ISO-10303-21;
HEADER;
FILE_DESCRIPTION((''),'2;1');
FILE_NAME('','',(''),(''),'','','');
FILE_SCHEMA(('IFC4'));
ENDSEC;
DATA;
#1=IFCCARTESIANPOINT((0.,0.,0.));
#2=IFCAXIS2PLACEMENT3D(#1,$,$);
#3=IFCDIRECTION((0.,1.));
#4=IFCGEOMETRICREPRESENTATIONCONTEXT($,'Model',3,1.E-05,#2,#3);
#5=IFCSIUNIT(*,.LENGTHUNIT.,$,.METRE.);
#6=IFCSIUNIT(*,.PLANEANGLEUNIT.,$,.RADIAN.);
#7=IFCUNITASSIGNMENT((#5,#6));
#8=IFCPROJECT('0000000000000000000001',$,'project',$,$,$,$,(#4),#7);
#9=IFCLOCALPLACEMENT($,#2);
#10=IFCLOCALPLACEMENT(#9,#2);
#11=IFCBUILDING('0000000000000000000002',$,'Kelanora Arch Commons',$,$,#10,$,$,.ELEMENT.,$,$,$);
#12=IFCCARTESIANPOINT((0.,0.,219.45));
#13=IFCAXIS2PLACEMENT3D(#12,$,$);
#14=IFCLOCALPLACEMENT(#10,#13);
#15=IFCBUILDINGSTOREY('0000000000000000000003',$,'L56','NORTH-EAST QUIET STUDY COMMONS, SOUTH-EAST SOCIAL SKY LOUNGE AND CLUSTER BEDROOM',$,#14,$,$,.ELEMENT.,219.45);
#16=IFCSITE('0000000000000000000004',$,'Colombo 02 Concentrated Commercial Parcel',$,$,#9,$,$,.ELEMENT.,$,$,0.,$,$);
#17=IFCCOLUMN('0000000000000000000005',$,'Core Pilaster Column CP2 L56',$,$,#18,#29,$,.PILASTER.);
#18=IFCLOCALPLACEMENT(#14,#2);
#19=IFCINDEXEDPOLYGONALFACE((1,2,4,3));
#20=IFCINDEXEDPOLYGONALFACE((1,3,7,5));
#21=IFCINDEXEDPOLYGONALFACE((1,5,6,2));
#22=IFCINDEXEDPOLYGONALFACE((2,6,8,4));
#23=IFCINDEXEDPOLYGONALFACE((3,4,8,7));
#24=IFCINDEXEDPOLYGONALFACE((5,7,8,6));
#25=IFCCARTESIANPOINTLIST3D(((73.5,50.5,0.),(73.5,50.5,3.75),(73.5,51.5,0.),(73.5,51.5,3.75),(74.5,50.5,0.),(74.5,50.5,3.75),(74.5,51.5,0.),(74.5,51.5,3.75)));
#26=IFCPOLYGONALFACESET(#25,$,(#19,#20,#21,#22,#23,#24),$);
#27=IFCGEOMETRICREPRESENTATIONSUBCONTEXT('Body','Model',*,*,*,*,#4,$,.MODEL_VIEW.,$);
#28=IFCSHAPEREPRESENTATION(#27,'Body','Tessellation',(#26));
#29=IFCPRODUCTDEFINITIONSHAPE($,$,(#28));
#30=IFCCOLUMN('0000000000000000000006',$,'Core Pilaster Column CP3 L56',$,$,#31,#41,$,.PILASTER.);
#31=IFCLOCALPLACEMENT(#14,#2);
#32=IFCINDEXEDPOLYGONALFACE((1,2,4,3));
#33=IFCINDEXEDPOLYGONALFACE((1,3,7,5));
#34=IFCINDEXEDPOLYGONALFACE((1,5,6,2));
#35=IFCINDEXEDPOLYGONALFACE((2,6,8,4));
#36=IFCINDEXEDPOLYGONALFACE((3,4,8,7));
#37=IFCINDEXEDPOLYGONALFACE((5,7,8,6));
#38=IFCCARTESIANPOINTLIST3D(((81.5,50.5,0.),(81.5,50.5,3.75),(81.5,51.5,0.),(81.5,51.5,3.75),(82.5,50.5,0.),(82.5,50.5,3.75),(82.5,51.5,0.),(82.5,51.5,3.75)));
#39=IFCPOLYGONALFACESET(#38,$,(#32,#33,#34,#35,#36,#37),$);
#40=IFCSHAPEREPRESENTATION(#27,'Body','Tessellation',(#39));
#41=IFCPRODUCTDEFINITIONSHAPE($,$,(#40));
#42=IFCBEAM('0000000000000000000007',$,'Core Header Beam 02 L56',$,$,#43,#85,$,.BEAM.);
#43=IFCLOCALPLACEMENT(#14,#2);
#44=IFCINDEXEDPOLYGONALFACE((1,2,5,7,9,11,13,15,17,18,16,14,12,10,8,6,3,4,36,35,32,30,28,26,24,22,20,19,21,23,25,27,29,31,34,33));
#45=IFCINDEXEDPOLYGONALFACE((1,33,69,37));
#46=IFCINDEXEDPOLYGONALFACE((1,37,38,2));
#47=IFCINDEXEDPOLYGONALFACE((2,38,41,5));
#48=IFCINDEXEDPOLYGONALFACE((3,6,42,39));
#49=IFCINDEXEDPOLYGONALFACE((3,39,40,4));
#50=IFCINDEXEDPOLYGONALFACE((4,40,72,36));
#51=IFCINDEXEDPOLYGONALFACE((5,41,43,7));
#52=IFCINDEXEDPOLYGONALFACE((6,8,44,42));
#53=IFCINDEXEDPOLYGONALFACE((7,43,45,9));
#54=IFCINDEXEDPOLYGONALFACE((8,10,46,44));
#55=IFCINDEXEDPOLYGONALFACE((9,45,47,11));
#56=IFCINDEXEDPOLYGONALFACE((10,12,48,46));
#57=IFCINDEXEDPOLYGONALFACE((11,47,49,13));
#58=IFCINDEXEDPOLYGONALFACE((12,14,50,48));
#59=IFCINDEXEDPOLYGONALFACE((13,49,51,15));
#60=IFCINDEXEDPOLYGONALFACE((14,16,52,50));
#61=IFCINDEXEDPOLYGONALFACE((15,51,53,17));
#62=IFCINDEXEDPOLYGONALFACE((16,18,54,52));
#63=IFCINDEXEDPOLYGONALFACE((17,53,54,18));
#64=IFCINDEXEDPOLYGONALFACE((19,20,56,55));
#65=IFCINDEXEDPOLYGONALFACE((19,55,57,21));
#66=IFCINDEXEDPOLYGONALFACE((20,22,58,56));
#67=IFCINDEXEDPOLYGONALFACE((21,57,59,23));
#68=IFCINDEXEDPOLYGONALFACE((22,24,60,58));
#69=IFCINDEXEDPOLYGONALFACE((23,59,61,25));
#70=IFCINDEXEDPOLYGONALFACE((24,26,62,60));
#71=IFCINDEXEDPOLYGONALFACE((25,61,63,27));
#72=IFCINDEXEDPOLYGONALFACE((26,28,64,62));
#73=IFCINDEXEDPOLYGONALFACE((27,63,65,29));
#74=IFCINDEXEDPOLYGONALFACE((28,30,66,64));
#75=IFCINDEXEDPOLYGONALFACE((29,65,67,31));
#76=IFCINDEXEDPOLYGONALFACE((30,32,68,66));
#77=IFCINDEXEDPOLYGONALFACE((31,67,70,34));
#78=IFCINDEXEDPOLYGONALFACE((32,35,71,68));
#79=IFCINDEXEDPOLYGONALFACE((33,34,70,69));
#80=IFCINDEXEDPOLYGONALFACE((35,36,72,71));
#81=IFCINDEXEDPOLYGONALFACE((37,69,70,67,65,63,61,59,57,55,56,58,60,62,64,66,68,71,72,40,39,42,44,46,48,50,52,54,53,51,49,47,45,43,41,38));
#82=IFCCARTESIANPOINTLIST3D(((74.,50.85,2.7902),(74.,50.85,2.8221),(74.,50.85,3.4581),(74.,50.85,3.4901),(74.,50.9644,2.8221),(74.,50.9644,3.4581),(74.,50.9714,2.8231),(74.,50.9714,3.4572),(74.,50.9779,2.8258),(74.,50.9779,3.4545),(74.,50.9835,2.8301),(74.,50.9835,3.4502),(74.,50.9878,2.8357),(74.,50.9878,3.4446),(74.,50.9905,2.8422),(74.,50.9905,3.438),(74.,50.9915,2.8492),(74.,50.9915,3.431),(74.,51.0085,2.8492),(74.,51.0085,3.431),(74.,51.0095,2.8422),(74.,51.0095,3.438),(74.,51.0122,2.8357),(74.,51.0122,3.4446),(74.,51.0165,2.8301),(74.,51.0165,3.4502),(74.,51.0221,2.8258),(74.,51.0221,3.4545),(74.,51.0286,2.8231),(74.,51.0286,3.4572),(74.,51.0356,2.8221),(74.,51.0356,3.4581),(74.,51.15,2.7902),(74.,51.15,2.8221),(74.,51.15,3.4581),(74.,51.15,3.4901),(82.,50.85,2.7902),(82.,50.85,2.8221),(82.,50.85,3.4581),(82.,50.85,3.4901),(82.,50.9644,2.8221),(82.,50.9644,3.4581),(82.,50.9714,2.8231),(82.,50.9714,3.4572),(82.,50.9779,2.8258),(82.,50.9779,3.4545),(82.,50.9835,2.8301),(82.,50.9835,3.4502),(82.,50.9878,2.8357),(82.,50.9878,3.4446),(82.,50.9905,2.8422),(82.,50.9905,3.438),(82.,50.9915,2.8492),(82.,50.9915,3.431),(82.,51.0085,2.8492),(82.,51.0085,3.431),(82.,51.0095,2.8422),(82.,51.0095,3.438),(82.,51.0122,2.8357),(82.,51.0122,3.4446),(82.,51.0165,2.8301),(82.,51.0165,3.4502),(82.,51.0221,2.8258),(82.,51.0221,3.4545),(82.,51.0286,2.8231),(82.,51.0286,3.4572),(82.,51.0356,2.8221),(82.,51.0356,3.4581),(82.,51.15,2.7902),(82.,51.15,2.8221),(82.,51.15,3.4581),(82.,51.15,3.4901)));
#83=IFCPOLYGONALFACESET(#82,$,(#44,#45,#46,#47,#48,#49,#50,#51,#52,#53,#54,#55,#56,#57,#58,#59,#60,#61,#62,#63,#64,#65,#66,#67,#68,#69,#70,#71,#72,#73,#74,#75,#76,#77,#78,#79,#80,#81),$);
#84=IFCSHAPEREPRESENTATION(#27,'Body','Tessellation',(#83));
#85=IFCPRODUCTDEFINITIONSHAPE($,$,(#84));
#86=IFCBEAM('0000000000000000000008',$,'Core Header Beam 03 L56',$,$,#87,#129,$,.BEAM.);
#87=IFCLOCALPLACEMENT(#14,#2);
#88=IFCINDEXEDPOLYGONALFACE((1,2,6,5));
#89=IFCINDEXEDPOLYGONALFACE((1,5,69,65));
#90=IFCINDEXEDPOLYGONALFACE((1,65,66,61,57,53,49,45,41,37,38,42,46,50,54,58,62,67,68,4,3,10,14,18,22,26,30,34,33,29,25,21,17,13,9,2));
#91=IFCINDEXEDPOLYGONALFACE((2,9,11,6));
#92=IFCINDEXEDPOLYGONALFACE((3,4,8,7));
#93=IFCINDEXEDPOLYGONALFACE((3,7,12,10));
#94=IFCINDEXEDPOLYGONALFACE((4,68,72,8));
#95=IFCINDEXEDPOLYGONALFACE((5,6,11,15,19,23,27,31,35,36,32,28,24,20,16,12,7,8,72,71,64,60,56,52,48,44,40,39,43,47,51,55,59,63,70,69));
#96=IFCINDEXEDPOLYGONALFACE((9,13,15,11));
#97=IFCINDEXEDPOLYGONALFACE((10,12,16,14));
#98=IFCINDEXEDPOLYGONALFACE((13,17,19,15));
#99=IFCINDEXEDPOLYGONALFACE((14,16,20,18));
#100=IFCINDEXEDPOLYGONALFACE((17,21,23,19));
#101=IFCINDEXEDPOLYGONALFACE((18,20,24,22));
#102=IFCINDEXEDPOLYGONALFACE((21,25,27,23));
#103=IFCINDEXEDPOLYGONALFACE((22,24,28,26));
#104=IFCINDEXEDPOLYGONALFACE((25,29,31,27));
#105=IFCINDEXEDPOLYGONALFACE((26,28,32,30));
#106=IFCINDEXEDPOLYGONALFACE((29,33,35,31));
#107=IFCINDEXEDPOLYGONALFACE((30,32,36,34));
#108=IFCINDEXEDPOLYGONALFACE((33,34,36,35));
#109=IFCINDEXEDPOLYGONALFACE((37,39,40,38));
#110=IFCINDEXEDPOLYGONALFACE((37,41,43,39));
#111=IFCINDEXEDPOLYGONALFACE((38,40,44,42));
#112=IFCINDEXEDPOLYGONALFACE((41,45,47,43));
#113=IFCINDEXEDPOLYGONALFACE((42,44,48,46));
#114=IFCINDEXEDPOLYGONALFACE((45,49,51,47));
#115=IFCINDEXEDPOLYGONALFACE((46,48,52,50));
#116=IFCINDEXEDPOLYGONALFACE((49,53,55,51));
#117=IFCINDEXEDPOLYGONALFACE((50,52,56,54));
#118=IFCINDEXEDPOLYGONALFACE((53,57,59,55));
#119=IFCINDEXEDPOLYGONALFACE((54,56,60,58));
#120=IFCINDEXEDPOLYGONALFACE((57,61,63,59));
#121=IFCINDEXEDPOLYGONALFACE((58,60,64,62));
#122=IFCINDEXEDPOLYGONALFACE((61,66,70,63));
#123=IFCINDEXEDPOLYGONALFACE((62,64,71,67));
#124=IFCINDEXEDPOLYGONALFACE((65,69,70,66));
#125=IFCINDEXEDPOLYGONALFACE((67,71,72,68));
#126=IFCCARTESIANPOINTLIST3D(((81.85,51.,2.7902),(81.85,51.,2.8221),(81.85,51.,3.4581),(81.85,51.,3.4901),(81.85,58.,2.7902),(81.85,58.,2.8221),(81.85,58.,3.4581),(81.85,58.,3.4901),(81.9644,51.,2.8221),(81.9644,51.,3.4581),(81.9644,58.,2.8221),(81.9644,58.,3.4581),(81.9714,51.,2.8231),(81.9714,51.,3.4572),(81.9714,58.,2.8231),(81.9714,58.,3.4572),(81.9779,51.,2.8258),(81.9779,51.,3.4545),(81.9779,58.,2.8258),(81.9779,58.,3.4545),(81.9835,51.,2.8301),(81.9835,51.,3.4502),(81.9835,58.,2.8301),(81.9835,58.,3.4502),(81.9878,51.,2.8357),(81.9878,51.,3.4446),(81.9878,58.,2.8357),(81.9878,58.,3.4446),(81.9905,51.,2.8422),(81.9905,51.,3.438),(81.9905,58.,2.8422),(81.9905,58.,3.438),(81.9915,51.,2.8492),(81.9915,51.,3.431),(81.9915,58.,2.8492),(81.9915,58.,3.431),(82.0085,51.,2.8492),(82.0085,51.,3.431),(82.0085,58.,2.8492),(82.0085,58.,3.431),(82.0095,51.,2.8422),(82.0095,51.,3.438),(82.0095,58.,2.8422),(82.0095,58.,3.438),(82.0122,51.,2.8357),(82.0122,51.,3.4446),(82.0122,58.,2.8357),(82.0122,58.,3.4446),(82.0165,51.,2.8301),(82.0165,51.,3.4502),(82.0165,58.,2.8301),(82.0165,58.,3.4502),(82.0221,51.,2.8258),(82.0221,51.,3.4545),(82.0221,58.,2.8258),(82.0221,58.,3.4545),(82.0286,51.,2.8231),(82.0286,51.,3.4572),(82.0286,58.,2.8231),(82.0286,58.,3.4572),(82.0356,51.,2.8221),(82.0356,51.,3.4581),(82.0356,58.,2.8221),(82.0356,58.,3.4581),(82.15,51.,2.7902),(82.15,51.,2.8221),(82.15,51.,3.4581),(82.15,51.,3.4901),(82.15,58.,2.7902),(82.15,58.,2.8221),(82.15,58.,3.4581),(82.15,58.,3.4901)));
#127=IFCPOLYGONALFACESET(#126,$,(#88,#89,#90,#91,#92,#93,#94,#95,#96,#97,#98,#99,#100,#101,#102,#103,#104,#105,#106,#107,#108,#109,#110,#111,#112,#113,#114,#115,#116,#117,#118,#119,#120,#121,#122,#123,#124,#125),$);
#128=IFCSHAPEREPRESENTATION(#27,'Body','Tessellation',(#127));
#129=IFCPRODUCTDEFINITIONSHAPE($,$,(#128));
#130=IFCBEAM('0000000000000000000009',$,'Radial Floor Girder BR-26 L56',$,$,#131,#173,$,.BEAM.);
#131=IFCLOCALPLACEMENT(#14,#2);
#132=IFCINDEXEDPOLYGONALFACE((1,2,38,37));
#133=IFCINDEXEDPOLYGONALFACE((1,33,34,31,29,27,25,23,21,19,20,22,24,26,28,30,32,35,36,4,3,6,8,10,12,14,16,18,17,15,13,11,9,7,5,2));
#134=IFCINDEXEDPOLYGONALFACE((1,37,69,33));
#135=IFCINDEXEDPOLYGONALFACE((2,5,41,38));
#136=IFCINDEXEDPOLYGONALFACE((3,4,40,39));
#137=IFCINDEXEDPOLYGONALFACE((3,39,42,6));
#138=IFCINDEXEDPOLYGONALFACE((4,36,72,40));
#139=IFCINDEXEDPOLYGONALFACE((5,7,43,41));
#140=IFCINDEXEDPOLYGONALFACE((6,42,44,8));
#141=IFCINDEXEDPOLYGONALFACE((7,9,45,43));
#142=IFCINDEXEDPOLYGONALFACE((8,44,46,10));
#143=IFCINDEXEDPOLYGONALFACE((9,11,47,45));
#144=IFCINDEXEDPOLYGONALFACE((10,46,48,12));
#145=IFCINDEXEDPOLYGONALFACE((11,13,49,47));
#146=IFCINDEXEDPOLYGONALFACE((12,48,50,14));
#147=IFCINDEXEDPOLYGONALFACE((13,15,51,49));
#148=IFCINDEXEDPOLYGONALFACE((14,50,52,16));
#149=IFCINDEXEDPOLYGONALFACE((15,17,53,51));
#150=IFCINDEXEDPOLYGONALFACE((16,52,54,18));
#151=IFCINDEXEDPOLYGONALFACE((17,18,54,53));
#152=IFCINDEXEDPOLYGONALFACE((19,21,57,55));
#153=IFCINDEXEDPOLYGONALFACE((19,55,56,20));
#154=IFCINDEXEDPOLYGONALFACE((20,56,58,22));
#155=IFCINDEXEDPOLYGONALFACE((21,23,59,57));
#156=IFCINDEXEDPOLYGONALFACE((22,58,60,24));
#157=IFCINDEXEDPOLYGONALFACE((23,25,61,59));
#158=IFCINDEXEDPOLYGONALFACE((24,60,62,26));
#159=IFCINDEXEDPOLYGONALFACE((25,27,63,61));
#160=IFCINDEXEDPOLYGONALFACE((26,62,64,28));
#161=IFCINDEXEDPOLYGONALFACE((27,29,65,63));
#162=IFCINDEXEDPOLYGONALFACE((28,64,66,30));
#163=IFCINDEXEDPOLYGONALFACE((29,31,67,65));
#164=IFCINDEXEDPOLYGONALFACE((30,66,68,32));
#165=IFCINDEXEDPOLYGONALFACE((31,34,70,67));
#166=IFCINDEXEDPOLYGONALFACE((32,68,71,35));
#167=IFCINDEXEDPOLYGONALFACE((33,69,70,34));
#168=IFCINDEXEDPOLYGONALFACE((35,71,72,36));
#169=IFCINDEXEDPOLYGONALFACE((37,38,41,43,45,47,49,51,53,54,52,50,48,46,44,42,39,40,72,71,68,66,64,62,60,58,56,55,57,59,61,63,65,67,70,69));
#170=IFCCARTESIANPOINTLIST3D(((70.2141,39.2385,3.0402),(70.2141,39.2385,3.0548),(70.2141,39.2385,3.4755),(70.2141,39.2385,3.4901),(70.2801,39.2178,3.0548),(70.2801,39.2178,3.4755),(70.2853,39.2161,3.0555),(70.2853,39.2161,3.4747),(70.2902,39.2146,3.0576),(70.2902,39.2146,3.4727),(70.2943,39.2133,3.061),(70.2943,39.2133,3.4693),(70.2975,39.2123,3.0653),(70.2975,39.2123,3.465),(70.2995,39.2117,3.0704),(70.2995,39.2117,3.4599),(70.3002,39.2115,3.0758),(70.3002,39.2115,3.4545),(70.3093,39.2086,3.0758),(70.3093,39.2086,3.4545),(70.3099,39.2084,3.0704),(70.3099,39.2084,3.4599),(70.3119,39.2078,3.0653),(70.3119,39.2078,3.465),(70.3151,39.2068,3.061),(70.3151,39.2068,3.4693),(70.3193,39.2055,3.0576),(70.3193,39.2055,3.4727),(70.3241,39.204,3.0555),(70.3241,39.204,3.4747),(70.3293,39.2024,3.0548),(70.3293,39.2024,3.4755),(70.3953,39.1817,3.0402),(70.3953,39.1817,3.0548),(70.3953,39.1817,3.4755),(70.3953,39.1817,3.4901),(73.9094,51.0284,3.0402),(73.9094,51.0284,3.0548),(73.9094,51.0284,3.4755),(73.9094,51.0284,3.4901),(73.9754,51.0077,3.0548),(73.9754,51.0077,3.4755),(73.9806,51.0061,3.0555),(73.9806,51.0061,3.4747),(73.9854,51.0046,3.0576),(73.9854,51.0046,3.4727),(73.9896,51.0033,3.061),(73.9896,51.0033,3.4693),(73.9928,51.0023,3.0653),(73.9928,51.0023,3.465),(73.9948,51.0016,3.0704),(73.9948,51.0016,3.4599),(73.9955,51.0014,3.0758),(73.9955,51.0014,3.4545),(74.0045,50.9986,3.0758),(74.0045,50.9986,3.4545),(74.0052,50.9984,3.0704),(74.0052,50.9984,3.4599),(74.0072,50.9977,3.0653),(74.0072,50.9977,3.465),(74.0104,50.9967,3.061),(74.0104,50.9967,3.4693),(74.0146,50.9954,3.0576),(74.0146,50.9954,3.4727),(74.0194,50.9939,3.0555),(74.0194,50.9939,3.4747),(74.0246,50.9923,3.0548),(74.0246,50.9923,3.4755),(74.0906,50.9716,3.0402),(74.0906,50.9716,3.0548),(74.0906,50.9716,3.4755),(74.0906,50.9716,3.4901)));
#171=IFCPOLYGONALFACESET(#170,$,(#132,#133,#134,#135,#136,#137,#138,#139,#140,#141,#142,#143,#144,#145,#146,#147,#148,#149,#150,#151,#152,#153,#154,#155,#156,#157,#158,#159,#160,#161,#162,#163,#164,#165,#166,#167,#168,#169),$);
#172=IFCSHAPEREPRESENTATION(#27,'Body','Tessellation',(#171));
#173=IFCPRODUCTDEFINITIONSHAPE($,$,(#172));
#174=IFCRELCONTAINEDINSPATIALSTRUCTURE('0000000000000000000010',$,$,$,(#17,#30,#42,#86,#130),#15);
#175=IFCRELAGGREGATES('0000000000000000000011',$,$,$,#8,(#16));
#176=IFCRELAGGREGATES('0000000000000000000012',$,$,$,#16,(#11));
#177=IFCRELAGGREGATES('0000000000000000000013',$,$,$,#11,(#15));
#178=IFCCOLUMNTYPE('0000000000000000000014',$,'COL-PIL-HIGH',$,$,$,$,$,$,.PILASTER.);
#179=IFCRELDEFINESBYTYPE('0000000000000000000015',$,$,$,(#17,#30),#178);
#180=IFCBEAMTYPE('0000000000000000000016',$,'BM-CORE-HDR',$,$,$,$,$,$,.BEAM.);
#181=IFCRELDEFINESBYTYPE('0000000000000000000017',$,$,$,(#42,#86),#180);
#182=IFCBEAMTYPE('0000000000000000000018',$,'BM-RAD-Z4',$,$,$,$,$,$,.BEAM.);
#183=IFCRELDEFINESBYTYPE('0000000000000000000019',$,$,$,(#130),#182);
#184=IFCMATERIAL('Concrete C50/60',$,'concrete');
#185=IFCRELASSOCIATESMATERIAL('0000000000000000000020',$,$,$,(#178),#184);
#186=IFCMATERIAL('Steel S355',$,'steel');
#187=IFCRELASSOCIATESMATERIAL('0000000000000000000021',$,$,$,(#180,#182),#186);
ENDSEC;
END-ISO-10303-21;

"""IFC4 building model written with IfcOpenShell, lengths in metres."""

from ifc_helpers import new_model, si_unit, direction, frame, origin, origin_2d, place, context, subcontext, project, spatial, rectangle, i_section, extrude, material, material_profile, profile_set, type_object, element, save


model = new_model("IFC4")

# Units and contexts
model_context = context("Model", 3, precision=1e-05, world=origin(), true_north=direction((0.0, 1.0)))
body_context = subcontext(model_context, "Body", "Model", "MODEL_VIEW")
ifc_project = project(units=[si_unit("LENGTHUNIT", "METRE"), si_unit("PLANEANGLEUNIT", "RADIAN")], contexts=[model_context])

# Site, building, storey
site_placement = place(None, origin())
site = spatial("IfcSite", under=ifc_project, at=site_placement, Name="Colombo 02 Concentrated Commercial Parcel", CompositionType="ELEMENT", RefElevation=0.0)
building_placement = place(site_placement, origin())
building = spatial("IfcBuilding", under=site, at=building_placement, Name="Kelanora Arch Commons", CompositionType="ELEMENT")
storey_placement = place(building_placement, frame((0.0, 0.0, 219.45)))
storey = spatial("IfcBuildingStorey", under=building, at=storey_placement, Name="L56", Description="NORTH-EAST QUIET STUDY COMMONS, SOUTH-EAST SOCIAL SKY LOUNGE AND CLUSTER BEDROOM", CompositionType="ELEMENT", Elevation=219.45)

# Columns
ifc_material_1 = material(Name="Concrete C50/60", Category="concrete")
ifc_material_profile_1 = material_profile(ifc_material_1, rectangle(XDim=1.0, YDim=1.0, at=origin_2d()), Name="RC1000x1000")
ifc_profile_set_1 = profile_set([ifc_material_profile_1], Name="Concrete C50/60")
column_type = type_object("IfcColumnType", Name="COL-PIL-HIGH", PredefinedType="PILASTER", material=ifc_profile_set_1)
for number, where, z_axis, x_axis, name in (
    (1, (74.0, 51.0, 0.0), (0.0, 0.0, 1.0), (1.0, 0.0, 0.0), "Core Pilaster Column CP2 L56"),
    (2, (82.0, 51.0, 0.0), (0.0, 0.0, 1.0), (1.0, 0.0, 0.0), "Core Pilaster Column CP3 L56"),
):
    element("IfcColumn", number, at=place(storey_placement, frame(where, z_axis=z_axis, x_axis=x_axis)), inside=storey, type_object=column_type, Name=name, PredefinedType="PILASTER", context=body_context, shape_type="SweptSolid", body=[
        extrude(rectangle(XDim=1.0, YDim=1.0, at=origin_2d()), origin(), (0.0, 0.0, 1.0), 3.75),
    ])

# Beams
ifc_material_2 = material(Name="Steel S355", Category="steel")
ifc_material_profile_2 = material_profile(ifc_material_2, i_section(OverallWidth=0.3, OverallDepth=0.7, WebThickness=0.0171, FlangeThickness=0.032, FilletRadius=0.0271, at=origin_2d()), Name="HEB700")
ifc_profile_set_2 = profile_set([ifc_material_profile_2], Name="Steel S355")
beam_type_1 = type_object("IfcBeamType", Name="BM-CORE-HDR", PredefinedType="BEAM", material=ifc_profile_set_2)
beam_1_placement = place(storey_placement, frame((74.0, 51.0, 3.1401), z_axis=(1.0, 0.0, 0.0), x_axis=(0.0, 1.0, 0.0)))
element("IfcBeam", 3, at=beam_1_placement, inside=storey, type_object=beam_type_1, Name="Core Header Beam 02 L56", PredefinedType="BEAM", context=body_context, shape_type="SweptSolid", body=[
    extrude(i_section(OverallWidth=0.3, OverallDepth=0.7, WebThickness=0.0171, FlangeThickness=0.032, FilletRadius=0.0271, at=origin_2d()), origin(), (0.0, 0.0, 1.0), 8.0),
])
beam_2_placement = place(storey_placement, frame((82.0, 51.0, 3.1401), z_axis=(0.0, 1.0, 0.0), x_axis=(-1.0, 0.0, 0.0)))
element("IfcBeam", 4, at=beam_2_placement, inside=storey, type_object=beam_type_1, Name="Core Header Beam 03 L56", PredefinedType="BEAM", context=body_context, shape_type="SweptSolid", body=[
    extrude(i_section(OverallWidth=0.3, OverallDepth=0.7, WebThickness=0.0171, FlangeThickness=0.032, FilletRadius=0.0271, at=origin_2d()), origin(), (0.0, 0.0, 1.0), 7.0),
])
ifc_material_profile_3 = material_profile(ifc_material_2, i_section(OverallWidth=0.1899, OverallDepth=0.45, WebThickness=0.0095, FlangeThickness=0.0146, FilletRadius=0.021, at=origin_2d()), Name="IPE450")
ifc_profile_set_3 = profile_set([ifc_material_profile_3], Name="Steel S355")
beam_type_2 = type_object("IfcBeamType", Name="BM-RAD-Z4", PredefinedType="BEAM", material=ifc_profile_set_3)
for number, where, z_axis, x_axis, name in (
    (5, (74.0, 51.0, 3.2651), (-0.29908, -0.954228, 0.0), (0.954228, -0.29908, 0.0), "Radial Floor Girder BR-26 L56"),
):
    element("IfcBeam", number, at=place(storey_placement, frame(where, z_axis=z_axis, x_axis=x_axis)), inside=storey, type_object=beam_type_2, Name=name, PredefinedType="BEAM", context=body_context, shape_type="SweptSolid", body=[
        extrude(i_section(OverallWidth=0.1899, OverallDepth=0.45, WebThickness=0.0095, FlangeThickness=0.0146, FilletRadius=0.021, at=origin_2d()), origin(), (0.0, 0.0, 1.0), 12.3555),
    ])

save(model, "model.ifc")
